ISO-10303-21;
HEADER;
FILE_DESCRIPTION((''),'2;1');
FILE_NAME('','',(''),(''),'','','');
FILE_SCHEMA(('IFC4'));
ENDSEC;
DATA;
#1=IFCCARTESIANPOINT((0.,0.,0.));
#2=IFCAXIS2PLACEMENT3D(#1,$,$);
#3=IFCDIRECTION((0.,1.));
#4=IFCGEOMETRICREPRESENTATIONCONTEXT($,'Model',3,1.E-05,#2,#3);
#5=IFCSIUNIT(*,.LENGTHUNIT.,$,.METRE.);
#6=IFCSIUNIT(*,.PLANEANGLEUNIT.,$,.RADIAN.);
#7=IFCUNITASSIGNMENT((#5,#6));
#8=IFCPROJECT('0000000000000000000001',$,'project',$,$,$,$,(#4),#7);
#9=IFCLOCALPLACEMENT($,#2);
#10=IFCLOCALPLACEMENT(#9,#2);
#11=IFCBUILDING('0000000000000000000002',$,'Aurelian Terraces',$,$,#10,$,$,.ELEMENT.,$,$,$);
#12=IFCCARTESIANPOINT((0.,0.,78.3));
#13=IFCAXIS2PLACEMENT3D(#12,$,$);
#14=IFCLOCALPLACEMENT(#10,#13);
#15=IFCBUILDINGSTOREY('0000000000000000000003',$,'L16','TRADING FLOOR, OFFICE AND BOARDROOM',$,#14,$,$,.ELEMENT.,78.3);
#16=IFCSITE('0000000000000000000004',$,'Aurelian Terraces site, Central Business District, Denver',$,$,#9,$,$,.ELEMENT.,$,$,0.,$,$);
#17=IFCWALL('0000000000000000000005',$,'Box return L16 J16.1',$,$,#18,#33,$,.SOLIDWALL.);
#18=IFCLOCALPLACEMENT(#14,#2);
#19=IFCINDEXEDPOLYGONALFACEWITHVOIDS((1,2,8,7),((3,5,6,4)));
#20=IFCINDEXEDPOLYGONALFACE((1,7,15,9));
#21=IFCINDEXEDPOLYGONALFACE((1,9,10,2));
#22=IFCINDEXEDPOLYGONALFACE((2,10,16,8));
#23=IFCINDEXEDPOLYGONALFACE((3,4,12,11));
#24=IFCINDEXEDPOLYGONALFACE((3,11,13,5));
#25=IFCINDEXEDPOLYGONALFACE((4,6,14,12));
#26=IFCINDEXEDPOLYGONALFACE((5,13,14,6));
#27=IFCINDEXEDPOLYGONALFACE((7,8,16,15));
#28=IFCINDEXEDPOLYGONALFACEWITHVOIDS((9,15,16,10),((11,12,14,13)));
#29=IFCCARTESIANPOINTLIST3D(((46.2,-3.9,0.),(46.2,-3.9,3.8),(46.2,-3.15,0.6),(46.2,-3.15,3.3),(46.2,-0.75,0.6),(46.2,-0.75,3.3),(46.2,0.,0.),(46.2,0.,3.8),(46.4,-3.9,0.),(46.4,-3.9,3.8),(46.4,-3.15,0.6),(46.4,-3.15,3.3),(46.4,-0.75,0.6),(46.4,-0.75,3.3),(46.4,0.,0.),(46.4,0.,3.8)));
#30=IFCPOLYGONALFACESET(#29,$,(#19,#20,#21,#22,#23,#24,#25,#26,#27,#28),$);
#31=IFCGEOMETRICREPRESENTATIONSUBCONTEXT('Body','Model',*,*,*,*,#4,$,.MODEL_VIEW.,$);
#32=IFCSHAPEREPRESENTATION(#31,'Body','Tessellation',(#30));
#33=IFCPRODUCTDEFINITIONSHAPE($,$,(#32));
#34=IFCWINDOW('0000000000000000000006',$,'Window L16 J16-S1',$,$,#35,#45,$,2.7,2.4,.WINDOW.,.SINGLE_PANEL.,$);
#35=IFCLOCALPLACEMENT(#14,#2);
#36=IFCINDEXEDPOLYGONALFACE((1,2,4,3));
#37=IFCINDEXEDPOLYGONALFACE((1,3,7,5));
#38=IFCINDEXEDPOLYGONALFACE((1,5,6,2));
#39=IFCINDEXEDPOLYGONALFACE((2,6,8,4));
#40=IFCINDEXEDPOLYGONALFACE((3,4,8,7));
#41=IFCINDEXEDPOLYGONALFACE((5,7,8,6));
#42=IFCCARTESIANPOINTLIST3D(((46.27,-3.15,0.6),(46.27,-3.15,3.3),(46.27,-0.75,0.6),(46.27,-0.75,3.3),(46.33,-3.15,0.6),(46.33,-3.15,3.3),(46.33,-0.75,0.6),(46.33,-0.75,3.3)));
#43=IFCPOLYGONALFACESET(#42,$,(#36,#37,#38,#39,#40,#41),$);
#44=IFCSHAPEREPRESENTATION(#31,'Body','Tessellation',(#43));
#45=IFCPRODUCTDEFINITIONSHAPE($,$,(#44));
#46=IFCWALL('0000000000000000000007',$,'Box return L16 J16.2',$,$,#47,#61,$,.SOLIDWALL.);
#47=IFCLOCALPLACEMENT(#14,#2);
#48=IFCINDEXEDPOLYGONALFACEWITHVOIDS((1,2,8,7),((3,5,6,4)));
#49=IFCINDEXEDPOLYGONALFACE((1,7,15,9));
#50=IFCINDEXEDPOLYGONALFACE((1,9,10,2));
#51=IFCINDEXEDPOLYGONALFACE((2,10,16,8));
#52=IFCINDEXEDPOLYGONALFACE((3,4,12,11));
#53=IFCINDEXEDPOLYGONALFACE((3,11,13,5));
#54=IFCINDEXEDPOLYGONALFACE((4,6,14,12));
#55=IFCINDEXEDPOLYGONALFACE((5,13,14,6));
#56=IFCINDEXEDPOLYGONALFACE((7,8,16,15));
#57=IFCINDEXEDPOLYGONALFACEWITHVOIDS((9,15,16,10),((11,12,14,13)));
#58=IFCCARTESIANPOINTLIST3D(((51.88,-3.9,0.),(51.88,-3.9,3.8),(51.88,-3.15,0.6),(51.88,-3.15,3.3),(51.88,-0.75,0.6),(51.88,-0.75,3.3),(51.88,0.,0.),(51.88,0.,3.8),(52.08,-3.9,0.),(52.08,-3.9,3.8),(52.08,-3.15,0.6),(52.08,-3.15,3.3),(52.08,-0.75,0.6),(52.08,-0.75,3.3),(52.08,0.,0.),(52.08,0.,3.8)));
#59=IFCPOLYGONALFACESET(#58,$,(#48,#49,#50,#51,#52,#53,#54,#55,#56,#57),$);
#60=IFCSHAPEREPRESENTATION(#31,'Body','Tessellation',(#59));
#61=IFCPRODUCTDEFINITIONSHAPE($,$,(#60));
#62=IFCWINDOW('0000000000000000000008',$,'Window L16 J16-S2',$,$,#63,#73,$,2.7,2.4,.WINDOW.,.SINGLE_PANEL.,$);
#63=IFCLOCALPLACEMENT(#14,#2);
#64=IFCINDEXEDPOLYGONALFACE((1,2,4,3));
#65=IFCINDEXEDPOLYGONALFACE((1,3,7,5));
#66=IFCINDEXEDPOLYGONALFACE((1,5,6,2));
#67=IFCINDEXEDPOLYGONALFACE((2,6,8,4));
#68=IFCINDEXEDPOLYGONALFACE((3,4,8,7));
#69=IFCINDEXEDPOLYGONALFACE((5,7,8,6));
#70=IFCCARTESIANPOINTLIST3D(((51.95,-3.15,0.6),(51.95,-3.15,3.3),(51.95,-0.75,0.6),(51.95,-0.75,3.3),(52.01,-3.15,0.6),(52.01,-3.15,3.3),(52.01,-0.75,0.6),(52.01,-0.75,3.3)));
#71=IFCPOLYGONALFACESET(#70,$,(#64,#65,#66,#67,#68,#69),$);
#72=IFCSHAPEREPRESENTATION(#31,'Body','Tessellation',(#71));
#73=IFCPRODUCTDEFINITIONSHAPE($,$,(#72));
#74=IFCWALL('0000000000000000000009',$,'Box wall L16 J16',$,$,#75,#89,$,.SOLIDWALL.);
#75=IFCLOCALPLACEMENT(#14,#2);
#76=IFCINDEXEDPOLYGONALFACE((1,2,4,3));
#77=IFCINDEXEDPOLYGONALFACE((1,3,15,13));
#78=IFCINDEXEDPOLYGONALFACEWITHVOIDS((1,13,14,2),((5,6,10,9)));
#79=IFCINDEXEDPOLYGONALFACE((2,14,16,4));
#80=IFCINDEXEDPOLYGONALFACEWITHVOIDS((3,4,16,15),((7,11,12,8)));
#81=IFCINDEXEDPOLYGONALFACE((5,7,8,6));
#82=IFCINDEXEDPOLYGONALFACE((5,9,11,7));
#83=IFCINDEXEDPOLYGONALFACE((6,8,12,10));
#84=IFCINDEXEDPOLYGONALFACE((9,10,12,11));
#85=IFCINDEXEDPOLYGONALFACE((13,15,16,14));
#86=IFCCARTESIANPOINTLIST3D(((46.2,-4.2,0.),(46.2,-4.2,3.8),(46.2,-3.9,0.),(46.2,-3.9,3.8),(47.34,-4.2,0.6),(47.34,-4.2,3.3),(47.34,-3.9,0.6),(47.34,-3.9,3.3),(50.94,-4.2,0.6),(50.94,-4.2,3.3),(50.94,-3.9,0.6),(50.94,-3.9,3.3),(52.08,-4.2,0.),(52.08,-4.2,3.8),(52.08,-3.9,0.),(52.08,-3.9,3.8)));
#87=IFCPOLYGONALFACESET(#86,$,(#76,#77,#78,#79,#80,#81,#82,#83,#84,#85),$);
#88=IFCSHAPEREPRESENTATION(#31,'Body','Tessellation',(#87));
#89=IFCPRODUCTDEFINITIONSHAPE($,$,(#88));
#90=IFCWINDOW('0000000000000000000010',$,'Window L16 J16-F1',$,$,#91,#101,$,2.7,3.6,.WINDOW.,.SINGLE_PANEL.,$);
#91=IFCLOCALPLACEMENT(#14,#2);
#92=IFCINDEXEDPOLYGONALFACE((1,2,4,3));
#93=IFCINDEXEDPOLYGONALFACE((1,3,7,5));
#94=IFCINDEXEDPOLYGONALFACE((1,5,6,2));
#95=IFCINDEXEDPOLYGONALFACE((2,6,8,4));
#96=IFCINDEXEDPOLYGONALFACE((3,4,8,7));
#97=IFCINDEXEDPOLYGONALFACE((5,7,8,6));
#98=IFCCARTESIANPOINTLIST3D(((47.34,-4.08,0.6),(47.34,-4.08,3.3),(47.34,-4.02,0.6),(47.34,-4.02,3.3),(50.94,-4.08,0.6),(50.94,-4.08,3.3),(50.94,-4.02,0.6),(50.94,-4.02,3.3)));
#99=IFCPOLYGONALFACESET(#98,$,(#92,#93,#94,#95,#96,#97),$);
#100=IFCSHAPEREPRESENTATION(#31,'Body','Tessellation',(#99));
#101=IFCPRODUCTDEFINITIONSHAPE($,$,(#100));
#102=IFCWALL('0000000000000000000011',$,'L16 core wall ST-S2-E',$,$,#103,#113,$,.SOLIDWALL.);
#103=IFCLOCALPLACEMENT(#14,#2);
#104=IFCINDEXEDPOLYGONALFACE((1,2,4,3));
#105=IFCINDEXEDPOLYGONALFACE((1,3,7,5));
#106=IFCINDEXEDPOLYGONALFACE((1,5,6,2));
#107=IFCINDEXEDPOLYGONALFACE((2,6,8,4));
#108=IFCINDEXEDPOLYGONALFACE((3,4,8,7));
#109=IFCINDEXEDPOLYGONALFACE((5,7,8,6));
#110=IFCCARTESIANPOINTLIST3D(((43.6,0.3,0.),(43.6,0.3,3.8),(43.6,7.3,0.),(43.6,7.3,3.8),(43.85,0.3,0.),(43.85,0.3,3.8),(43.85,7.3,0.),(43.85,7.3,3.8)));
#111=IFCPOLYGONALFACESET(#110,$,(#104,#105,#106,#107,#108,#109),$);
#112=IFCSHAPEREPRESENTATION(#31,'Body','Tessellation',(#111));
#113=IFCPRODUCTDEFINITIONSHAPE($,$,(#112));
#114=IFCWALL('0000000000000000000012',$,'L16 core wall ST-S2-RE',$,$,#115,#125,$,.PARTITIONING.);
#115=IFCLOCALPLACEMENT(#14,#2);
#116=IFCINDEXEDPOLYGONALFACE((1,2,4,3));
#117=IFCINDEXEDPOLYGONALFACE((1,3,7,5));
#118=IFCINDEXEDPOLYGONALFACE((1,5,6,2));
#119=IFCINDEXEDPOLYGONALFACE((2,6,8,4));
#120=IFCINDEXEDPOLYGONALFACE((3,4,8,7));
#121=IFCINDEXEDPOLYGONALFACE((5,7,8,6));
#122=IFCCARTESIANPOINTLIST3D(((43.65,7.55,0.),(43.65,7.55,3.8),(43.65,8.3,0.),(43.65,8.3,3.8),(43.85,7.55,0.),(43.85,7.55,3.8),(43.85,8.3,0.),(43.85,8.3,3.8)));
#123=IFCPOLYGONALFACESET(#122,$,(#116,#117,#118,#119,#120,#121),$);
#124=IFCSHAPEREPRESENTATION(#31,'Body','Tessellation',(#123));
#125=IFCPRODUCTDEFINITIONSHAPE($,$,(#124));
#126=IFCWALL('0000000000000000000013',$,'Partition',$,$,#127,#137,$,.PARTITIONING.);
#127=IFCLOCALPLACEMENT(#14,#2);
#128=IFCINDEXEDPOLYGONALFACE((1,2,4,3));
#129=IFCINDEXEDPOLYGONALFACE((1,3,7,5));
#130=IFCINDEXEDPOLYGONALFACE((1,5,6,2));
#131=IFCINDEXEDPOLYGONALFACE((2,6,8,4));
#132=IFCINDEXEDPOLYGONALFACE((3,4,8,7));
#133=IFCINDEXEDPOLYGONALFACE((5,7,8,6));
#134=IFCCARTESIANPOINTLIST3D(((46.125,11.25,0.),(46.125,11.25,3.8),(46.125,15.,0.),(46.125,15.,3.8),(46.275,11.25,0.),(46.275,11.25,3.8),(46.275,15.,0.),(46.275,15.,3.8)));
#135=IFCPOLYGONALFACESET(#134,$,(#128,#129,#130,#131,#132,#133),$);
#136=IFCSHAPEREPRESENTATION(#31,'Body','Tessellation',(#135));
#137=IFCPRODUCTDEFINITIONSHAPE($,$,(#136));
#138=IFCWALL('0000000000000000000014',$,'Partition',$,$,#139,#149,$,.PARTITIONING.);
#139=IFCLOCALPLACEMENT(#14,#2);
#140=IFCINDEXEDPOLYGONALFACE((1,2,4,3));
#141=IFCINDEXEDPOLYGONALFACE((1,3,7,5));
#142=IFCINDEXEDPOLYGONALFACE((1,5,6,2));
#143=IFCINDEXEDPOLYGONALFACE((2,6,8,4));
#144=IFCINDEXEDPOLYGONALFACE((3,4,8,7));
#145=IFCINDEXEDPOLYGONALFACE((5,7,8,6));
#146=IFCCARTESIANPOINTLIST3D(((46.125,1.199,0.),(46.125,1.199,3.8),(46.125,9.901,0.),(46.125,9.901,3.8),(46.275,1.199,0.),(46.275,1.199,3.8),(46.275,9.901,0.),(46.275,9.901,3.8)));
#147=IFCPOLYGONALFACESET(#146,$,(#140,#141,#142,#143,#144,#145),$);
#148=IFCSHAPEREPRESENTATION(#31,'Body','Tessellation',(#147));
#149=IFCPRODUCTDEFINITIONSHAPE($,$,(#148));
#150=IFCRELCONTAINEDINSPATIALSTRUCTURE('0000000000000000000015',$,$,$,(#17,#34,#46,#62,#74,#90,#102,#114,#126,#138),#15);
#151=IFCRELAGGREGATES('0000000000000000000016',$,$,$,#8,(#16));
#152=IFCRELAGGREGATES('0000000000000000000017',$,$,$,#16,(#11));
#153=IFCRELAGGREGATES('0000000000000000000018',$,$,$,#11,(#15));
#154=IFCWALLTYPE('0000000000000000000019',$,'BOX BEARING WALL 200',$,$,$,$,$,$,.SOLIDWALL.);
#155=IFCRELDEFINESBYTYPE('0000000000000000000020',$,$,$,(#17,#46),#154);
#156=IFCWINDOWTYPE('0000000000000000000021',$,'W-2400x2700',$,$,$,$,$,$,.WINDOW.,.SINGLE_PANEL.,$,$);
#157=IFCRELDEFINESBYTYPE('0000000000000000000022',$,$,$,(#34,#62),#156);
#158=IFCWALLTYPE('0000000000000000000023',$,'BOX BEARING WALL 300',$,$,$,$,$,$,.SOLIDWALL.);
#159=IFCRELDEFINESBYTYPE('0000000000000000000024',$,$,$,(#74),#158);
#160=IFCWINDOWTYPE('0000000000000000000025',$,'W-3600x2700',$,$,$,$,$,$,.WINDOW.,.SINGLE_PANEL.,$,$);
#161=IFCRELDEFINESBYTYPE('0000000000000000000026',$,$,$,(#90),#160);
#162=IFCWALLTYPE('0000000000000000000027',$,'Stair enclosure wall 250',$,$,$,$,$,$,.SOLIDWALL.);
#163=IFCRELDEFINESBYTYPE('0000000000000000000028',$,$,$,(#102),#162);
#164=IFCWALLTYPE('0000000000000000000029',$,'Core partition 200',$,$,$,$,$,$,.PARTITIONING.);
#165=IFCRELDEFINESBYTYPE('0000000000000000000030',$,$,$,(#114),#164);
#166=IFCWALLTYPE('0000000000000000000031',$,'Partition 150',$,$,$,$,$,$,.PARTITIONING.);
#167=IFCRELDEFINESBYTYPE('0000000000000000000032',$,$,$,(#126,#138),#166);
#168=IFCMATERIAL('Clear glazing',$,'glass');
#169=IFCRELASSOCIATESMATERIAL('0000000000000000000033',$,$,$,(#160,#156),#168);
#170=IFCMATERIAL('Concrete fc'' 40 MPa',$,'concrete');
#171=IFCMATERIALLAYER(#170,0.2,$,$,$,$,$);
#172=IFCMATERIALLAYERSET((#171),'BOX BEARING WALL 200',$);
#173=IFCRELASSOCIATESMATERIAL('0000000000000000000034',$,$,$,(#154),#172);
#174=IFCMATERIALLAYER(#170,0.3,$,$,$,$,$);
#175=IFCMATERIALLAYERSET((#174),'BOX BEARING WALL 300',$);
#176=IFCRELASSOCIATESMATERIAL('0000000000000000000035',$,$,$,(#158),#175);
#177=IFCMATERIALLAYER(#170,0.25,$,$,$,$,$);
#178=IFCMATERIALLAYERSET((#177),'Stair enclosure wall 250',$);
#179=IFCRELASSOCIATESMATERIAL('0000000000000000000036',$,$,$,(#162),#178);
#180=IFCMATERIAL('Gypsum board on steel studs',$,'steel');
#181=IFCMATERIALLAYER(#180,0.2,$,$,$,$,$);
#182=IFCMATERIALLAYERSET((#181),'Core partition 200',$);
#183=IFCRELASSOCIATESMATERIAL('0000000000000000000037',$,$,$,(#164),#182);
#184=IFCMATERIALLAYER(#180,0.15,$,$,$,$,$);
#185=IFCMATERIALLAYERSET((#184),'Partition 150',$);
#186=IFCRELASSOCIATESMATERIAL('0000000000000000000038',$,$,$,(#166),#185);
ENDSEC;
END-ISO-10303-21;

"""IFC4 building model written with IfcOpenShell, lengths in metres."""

from ifc_helpers import new_model, si_unit, direction, frame, frame_2d, origin, place, context, subcontext, project, spatial, rectangle, extrude, source, transform, mapped, material, layer, layer_set, type_object, element, fill, save


model = new_model("IFC4")

# Units and contexts
model_context = context("Model", 3, precision=1e-05, world=origin(), true_north=direction((0.0, 1.0)))
body_context = subcontext(model_context, "Body", "Model", "MODEL_VIEW")
ifc_project = project(units=[si_unit("LENGTHUNIT", "METRE"), si_unit("PLANEANGLEUNIT", "RADIAN")], contexts=[model_context])

# Site, building, storey
site_placement = place(None, origin())
site = spatial("IfcSite", under=ifc_project, at=site_placement, Name="Aurelian Terraces site, Central Business District, Denver", CompositionType="ELEMENT", RefElevation=0.0)
building_placement = place(site_placement, origin())
building = spatial("IfcBuilding", under=site, at=building_placement, Name="Aurelian Terraces", CompositionType="ELEMENT")
storey_placement = place(building_placement, frame((0.0, 0.0, 78.3)))
storey = spatial("IfcBuildingStorey", under=building, at=storey_placement, Name="L16", Description="TRADING FLOOR, OFFICE AND BOARDROOM", CompositionType="ELEMENT", Elevation=78.3)

# Walls, openings, windows
shared_shape_1 = source(origin(), body_context, "Body", "SweptSolid", [
    extrude(rectangle(XDim=3.6, YDim=2.7, at=frame_2d((1.8, 1.35))), frame((0.0, 0.16, 0.0), z_axis=(0.0, -1.0, 0.0), x_axis=(1.0, 0.0, 0.0)), (0.0, 0.0, 1.0), 0.32),
])
ifc_material_1 = material(Name="Clear glazing", Category="glass")
window_type_1 = type_object("IfcWindowType", Name="W-3600x2700", PartitioningType="SINGLE_PANEL", PredefinedType="WINDOW", material=ifc_material_1)
shared_shape_2 = source(origin(), body_context, "Body", "SweptSolid", [
    extrude(rectangle(XDim=3.6, YDim=2.7, at=frame_2d((1.8, 1.35))), frame((0.0, 0.03, 0.0), z_axis=(0.0, -1.0, 0.0), x_axis=(1.0, 0.0, 0.0)), (0.0, 0.0, 1.0), 0.06),
])
ifc_material_2 = material(Name="Concrete fc' 40 MPa", Category="concrete")
ifc_layer_1 = layer(ifc_material_2, 0.2)
ifc_layer_set_1 = layer_set([ifc_layer_1], Name="BOX BEARING WALL 200")
wall_type_1 = type_object("IfcWallType", Name="BOX BEARING WALL 200", PredefinedType="SOLIDWALL", material=ifc_layer_set_1)
shared_shape_3 = source(origin(), body_context, "Body", "SweptSolid", [
    extrude(rectangle(XDim=3.9, YDim=0.2, at=frame_2d((1.95, 0.0))), origin(), (0.0, 0.0, 1.0), 3.8),
])
wall_1_placement = place(storey_placement, frame((46.3, 0.0, 0.0), z_axis=(0.0, 0.0, 1.0), x_axis=(0.0, -1.0, 0.0)))
wall_1 = element("IfcWall", 1, at=wall_1_placement, inside=storey, type_object=wall_type_1, Name="Box return L16 J16.1", PredefinedType="SOLIDWALL", context=body_context, shape_type="MappedRepresentation", body=[
    mapped(shared_shape_3, transform((0.0, 0.0, 0.0), scale=1.0)),
])
shared_shape_4 = source(origin(), body_context, "Body", "SweptSolid", [
    extrude(rectangle(XDim=2.4, YDim=2.7, at=frame_2d((1.2, 1.35))), frame((0.0, 0.11, 0.0), z_axis=(0.0, -1.0, 0.0), x_axis=(1.0, 0.0, 0.0)), (0.0, 0.0, 1.0), 0.22),
])
opening_1_placement = place(wall_1_placement, frame((0.75, 0.0, 0.6)))
opening_1 = element("IfcOpeningElement", 2, at=opening_1_placement, cuts=wall_1, PredefinedType="OPENING", context=body_context, shape_type="MappedRepresentation", body=[
    mapped(shared_shape_4, transform((0.0, 0.0, 0.0), scale=1.0)),
])
window_type_2 = type_object("IfcWindowType", Name="W-2400x2700", PartitioningType="SINGLE_PANEL", PredefinedType="WINDOW", material=ifc_material_1)
shared_shape_5 = source(origin(), body_context, "Body", "SweptSolid", [
    extrude(rectangle(XDim=2.4, YDim=2.7, at=frame_2d((1.2, 1.35))), frame((0.0, 0.03, 0.0), z_axis=(0.0, -1.0, 0.0), x_axis=(1.0, 0.0, 0.0)), (0.0, 0.0, 1.0), 0.06),
])
window_1_placement = place(opening_1_placement, origin())
window_1 = element("IfcWindow", 3, at=window_1_placement, inside=storey, type_object=window_type_2, Name="Window L16 J16-S1", OverallHeight=2.7, OverallWidth=2.4, PartitioningType="SINGLE_PANEL", PredefinedType="WINDOW", context=body_context, shape_type="MappedRepresentation", body=[
    mapped(shared_shape_5, transform((0.0, 0.0, 0.0), scale=1.0)),
])
fill(opening_1, window_1)
wall_2_placement = place(storey_placement, frame((51.98, 0.0, 0.0), z_axis=(0.0, 0.0, 1.0), x_axis=(0.0, -1.0, 0.0)))
wall_2 = element("IfcWall", 4, at=wall_2_placement, inside=storey, type_object=wall_type_1, Name="Box return L16 J16.2", PredefinedType="SOLIDWALL", context=body_context, shape_type="MappedRepresentation", body=[
    mapped(shared_shape_3, transform((0.0, 0.0, 0.0), scale=1.0)),
])
opening_2_placement = place(wall_2_placement, frame((0.75, 0.0, 0.6)))
opening_2 = element("IfcOpeningElement", 5, at=opening_2_placement, cuts=wall_2, PredefinedType="OPENING", context=body_context, shape_type="MappedRepresentation", body=[
    mapped(shared_shape_4, transform((0.0, 0.0, 0.0), scale=1.0)),
])
window_2_placement = place(opening_2_placement, origin())
window_2 = element("IfcWindow", 6, at=window_2_placement, inside=storey, type_object=window_type_2, Name="Window L16 J16-S2", OverallHeight=2.7, OverallWidth=2.4, PartitioningType="SINGLE_PANEL", PredefinedType="WINDOW", context=body_context, shape_type="MappedRepresentation", body=[
    mapped(shared_shape_5, transform((0.0, 0.0, 0.0), scale=1.0)),
])
fill(opening_2, window_2)
ifc_layer_2 = layer(ifc_material_2, 0.3)
ifc_layer_set_2 = layer_set([ifc_layer_2], Name="BOX BEARING WALL 300")
wall_type_2 = type_object("IfcWallType", Name="BOX BEARING WALL 300", PredefinedType="SOLIDWALL", material=ifc_layer_set_2)
shared_shape_6 = source(origin(), body_context, "Body", "SweptSolid", [
    extrude(rectangle(XDim=5.88, YDim=0.3, at=frame_2d((2.94, 0.0))), origin(), (0.0, 0.0, 1.0), 3.8),
])
wall_3_placement = place(storey_placement, frame((46.2, -4.05, 0.0), z_axis=(0.0, 0.0, 1.0), x_axis=(1.0, 0.0, 0.0)))
wall_3 = element("IfcWall", 7, at=wall_3_placement, inside=storey, type_object=wall_type_2, Name="Box wall L16 J16", PredefinedType="SOLIDWALL", context=body_context, shape_type="MappedRepresentation", body=[
    mapped(shared_shape_6, transform((0.0, 0.0, 0.0), scale=1.0)),
])
opening_3_placement = place(wall_3_placement, frame((1.14, 0.0, 0.6)))
opening_3 = element("IfcOpeningElement", 8, at=opening_3_placement, cuts=wall_3, PredefinedType="OPENING", context=body_context, shape_type="MappedRepresentation", body=[
    mapped(shared_shape_1, transform((0.0, 0.0, 0.0), scale=1.0)),
])
window_3_placement = place(opening_3_placement, origin())
window_3 = element("IfcWindow", 9, at=window_3_placement, inside=storey, type_object=window_type_1, Name="Window L16 J16-F1", OverallHeight=2.7, OverallWidth=3.6, PartitioningType="SINGLE_PANEL", PredefinedType="WINDOW", context=body_context, shape_type="MappedRepresentation", body=[
    mapped(shared_shape_2, transform((0.0, 0.0, 0.0), scale=1.0)),
])
fill(opening_3, window_3)

# Walls
ifc_layer_3 = layer(ifc_material_2, 0.25)
ifc_layer_set_3 = layer_set([ifc_layer_3], Name="Stair enclosure wall 250")
wall_type_3 = type_object("IfcWallType", Name="Stair enclosure wall 250", PredefinedType="SOLIDWALL", material=ifc_layer_set_3)
shared_shape_7 = source(origin(), body_context, "Body", "SweptSolid", [
    extrude(rectangle(XDim=7.0, YDim=0.25, at=frame_2d((3.5, 0.0))), origin(), (0.0, 0.0, 1.0), 3.8),
])
wall_4_placement = place(storey_placement, frame((43.725, 0.3, 0.0), z_axis=(0.0, 0.0, 1.0), x_axis=(0.0, 1.0, 0.0)))
element("IfcWall", 10, at=wall_4_placement, inside=storey, type_object=wall_type_3, Name="L16 core wall ST-S2-E", PredefinedType="SOLIDWALL", context=body_context, shape_type="MappedRepresentation", body=[
    mapped(shared_shape_7, transform((0.0, 0.0, 0.0), scale=1.0)),
])
ifc_material_3 = material(Name="Gypsum board on steel studs", Category="steel")
ifc_layer_4 = layer(ifc_material_3, 0.2)
ifc_layer_set_4 = layer_set([ifc_layer_4], Name="Core partition 200")
wall_type_4 = type_object("IfcWallType", Name="Core partition 200", PredefinedType="PARTITIONING", material=ifc_layer_set_4)
shared_shape_8 = source(origin(), body_context, "Body", "SweptSolid", [
    extrude(rectangle(XDim=0.75, YDim=0.2, at=frame_2d((0.375, 0.0))), origin(), (0.0, 0.0, 1.0), 3.8),
])
wall_5_placement = place(storey_placement, frame((43.75, 7.55, 0.0), z_axis=(0.0, 0.0, 1.0), x_axis=(0.0, 1.0, 0.0)))
element("IfcWall", 11, at=wall_5_placement, inside=storey, type_object=wall_type_4, Name="L16 core wall ST-S2-RE", PredefinedType="PARTITIONING", context=body_context, shape_type="MappedRepresentation", body=[
    mapped(shared_shape_8, transform((0.0, 0.0, 0.0), scale=1.0)),
])
ifc_layer_5 = layer(ifc_material_3, 0.15)
ifc_layer_set_5 = layer_set([ifc_layer_5], Name="Partition 150")
wall_type_5 = type_object("IfcWallType", Name="Partition 150", PredefinedType="PARTITIONING", material=ifc_layer_set_5)
shared_shape_9 = source(origin(), body_context, "Body", "SweptSolid", [
    extrude(rectangle(XDim=3.75, YDim=0.15, at=frame_2d((1.875, 0.0))), origin(), (0.0, 0.0, 1.0), 3.8),
])
wall_6_placement = place(storey_placement, frame((46.2, 11.25, 0.0), z_axis=(0.0, 0.0, 1.0), x_axis=(0.0, 1.0, 0.0)))
element("IfcWall", 12, at=wall_6_placement, inside=storey, type_object=wall_type_5, Name="Partition", PredefinedType="PARTITIONING", context=body_context, shape_type="MappedRepresentation", body=[
    mapped(shared_shape_9, transform((0.0, 0.0, 0.0), scale=1.0)),
])
shared_shape_10 = source(origin(), body_context, "Body", "SweptSolid", [
    extrude(rectangle(XDim=8.702, YDim=0.15, at=frame_2d((4.351, 0.0))), origin(), (0.0, 0.0, 1.0), 3.8),
])
wall_7_placement = place(storey_placement, frame((46.2, 1.199, 0.0), z_axis=(0.0, 0.0, 1.0), x_axis=(0.0, 1.0, 0.0)))
element("IfcWall", 13, at=wall_7_placement, inside=storey, type_object=wall_type_5, Name="Partition", PredefinedType="PARTITIONING", context=body_context, shape_type="MappedRepresentation", body=[
    mapped(shared_shape_10, transform((0.0, 0.0, 0.0), scale=1.0)),
])

save(model, "model.ifc")
